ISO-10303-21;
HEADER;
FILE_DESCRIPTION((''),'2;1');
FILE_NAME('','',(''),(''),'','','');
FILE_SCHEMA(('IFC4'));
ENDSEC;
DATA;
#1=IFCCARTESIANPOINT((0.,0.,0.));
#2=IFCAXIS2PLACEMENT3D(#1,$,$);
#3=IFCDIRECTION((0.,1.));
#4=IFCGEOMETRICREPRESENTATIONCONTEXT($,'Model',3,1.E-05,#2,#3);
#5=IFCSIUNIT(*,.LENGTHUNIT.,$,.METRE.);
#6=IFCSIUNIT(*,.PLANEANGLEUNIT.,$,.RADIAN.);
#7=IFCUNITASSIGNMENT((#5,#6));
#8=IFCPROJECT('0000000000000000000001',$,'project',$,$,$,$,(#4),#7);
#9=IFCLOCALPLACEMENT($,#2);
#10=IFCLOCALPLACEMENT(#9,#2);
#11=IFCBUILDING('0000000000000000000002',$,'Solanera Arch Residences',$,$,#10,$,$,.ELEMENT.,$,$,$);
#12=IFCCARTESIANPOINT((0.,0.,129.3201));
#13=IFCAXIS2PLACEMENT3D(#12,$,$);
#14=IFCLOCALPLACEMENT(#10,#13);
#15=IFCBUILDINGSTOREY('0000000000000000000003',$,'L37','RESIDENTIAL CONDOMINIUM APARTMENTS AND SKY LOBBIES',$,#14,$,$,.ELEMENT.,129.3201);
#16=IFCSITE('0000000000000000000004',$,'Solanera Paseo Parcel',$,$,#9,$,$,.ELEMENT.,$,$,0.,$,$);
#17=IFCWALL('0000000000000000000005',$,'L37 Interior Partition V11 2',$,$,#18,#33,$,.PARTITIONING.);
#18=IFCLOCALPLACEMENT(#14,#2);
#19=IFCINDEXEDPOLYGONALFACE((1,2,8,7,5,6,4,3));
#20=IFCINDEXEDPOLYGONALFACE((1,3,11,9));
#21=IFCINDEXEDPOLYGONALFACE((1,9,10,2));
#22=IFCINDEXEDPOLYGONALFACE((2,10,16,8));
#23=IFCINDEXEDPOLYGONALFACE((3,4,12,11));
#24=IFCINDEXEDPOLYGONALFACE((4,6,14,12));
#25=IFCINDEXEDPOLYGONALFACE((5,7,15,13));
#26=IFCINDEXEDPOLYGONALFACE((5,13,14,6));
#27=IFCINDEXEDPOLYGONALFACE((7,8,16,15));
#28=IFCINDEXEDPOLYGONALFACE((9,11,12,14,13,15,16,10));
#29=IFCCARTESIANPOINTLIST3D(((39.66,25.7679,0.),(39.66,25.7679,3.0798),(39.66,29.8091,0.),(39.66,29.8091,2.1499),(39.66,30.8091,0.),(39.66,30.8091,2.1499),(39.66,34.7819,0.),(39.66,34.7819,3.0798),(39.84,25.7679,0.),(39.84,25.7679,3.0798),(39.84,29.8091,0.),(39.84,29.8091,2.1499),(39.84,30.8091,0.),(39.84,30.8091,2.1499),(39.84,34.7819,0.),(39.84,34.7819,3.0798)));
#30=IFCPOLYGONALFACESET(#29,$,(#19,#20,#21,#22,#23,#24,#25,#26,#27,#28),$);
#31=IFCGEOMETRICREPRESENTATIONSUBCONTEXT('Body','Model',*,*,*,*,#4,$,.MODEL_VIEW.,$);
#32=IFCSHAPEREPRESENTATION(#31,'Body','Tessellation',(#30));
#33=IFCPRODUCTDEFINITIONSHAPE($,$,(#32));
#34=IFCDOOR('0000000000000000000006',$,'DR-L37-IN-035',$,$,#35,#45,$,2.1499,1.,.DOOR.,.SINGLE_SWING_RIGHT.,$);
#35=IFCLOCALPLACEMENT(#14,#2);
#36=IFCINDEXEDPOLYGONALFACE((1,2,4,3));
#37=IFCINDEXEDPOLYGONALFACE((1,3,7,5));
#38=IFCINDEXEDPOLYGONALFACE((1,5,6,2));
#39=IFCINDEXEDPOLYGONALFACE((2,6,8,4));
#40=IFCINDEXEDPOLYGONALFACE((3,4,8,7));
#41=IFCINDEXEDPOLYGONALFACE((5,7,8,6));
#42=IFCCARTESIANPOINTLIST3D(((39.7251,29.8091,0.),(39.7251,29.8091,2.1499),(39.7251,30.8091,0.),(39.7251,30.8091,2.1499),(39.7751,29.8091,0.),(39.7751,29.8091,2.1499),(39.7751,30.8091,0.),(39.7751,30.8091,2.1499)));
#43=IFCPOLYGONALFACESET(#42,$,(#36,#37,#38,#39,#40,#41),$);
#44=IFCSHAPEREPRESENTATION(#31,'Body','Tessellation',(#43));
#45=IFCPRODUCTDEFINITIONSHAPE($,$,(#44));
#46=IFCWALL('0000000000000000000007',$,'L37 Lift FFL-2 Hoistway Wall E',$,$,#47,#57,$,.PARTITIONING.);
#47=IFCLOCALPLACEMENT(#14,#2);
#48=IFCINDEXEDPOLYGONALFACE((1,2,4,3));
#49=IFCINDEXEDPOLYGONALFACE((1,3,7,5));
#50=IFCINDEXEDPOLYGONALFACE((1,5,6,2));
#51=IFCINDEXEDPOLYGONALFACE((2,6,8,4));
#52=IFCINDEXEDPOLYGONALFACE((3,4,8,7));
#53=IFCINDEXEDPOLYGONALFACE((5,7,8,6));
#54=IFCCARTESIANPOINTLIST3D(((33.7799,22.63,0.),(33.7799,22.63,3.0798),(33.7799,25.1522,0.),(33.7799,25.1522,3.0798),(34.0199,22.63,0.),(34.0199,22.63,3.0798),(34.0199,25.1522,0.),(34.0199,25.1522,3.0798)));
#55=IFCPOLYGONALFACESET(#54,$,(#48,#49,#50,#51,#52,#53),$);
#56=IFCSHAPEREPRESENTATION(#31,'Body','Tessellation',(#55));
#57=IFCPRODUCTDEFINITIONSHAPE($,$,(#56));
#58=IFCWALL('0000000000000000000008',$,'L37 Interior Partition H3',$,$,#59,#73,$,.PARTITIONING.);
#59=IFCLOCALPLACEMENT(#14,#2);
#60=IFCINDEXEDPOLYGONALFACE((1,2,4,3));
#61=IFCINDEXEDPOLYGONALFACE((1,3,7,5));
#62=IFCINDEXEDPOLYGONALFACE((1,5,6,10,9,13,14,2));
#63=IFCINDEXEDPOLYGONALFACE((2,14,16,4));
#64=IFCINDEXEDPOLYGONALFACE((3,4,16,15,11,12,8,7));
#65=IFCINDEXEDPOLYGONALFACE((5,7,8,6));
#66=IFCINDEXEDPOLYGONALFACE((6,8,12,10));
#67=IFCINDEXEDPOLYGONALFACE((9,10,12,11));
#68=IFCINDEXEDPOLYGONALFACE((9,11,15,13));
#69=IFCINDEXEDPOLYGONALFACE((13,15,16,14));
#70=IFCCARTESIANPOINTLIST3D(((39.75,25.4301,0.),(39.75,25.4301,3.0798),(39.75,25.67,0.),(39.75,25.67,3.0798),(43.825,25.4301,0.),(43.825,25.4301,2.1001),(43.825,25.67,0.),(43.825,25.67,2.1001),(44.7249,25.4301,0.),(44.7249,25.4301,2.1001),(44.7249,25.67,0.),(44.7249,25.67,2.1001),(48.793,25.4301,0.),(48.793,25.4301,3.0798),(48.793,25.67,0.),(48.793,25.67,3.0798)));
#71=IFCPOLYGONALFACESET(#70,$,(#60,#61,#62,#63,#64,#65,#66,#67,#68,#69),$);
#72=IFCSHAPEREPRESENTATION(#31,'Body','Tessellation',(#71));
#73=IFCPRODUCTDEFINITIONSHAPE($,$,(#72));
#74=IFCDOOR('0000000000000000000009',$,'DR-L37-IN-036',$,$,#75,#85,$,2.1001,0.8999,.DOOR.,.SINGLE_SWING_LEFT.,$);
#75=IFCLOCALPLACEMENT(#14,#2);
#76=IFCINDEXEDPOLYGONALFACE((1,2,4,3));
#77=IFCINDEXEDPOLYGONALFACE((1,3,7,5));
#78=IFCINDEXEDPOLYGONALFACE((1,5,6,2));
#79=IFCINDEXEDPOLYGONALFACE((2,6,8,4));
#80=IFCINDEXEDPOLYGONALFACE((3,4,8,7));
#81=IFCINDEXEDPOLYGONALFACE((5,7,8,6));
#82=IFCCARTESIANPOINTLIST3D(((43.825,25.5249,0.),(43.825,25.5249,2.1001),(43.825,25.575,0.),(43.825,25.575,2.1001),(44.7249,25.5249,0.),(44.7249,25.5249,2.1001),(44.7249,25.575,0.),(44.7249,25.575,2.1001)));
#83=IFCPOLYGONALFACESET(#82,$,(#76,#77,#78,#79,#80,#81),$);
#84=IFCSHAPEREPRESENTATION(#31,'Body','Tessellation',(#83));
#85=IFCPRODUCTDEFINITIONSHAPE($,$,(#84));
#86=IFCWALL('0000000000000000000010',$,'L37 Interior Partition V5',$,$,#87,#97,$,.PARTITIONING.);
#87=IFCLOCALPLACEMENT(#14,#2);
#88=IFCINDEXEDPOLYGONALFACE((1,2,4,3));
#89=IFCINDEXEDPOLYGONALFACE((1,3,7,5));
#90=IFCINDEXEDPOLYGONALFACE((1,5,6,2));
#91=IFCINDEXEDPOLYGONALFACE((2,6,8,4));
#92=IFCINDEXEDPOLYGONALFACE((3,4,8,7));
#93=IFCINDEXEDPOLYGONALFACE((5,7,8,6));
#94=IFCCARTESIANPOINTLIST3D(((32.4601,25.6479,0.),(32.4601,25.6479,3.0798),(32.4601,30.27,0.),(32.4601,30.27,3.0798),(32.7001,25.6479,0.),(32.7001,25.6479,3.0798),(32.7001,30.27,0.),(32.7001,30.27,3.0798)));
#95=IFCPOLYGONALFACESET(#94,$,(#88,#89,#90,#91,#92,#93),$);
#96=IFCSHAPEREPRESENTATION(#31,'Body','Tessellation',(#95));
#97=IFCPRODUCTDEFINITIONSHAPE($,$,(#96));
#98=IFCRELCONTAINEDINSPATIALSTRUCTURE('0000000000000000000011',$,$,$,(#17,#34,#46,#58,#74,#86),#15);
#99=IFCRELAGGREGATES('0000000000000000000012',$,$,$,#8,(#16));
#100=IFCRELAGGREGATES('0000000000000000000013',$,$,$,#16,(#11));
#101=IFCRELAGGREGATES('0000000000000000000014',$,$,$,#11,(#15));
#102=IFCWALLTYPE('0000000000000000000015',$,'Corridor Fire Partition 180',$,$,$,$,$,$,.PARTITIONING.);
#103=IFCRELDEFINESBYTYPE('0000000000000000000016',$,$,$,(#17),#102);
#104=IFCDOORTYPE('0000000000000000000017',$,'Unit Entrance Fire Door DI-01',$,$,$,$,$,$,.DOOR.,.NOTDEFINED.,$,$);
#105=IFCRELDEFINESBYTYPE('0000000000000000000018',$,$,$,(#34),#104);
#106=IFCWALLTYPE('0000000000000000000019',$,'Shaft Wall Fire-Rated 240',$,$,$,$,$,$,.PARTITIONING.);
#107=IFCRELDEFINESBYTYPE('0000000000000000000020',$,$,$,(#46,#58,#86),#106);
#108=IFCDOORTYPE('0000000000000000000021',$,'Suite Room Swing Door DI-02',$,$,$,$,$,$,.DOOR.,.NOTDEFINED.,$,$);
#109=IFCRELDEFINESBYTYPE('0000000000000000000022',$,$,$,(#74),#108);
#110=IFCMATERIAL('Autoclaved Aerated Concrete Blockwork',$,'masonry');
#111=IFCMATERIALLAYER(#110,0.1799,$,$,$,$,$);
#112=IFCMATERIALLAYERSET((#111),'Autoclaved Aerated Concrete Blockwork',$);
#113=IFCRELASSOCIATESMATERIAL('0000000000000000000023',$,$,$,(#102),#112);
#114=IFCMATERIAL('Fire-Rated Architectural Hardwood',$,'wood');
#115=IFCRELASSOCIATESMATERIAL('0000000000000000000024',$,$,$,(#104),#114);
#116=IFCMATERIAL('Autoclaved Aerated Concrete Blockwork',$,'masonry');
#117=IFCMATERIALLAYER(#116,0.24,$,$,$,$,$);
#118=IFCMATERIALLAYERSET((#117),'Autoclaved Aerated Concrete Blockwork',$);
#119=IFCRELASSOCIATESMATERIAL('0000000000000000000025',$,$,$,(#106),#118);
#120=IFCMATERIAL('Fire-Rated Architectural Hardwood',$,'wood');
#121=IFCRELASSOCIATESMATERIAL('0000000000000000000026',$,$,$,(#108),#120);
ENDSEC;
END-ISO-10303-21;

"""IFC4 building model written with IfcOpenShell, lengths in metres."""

from ifc_helpers import new_model, si_unit, direction, frame, frame_2d, origin, place, context, subcontext, project, spatial, rectangle, extrude, material, layer, layer_set, type_object, element, fill, save


model = new_model("IFC4")

# Units and contexts
model_context = context("Model", 3, precision=1e-05, world=origin(), true_north=direction((0.0, 1.0)))
body_context = subcontext(model_context, "Body", "Model", "MODEL_VIEW")
ifc_project = project(units=[si_unit("LENGTHUNIT", "METRE"), si_unit("PLANEANGLEUNIT", "RADIAN")], contexts=[model_context])

# Site, building, storey
site_placement = place(None, origin())
site = spatial("IfcSite", under=ifc_project, at=site_placement, Name="Solanera Paseo Parcel", CompositionType="ELEMENT", RefElevation=0.0)
building_placement = place(site_placement, origin())
building = spatial("IfcBuilding", under=site, at=building_placement, Name="Solanera Arch Residences", CompositionType="ELEMENT")
storey_placement = place(building_placement, frame((0.0, 0.0, 129.3201)))
storey = spatial("IfcBuildingStorey", under=building, at=storey_placement, Name="L37", Description="RESIDENTIAL CONDOMINIUM APARTMENTS AND SKY LOBBIES", CompositionType="ELEMENT", Elevation=129.3201)

# Shared definitions
ifc_material_1 = material(Name="Autoclaved Aerated Concrete Blockwork", Category="masonry")
ifc_layer_1 = layer(ifc_material_1, 0.1799)
ifc_layer_set_1 = layer_set([ifc_layer_1], Name="Autoclaved Aerated Concrete Blockwork")
wall_type_1 = type_object("IfcWallType", Name="Corridor Fire Partition 180", PredefinedType="PARTITIONING", material=ifc_layer_set_1)

# Wall, opening, door
wall_1_placement = place(storey_placement, frame((39.75, 25.7681, 0.0), z_axis=(0.0, 0.0, 1.0), x_axis=(0.0, 1.0, 0.0)))
wall_1 = element("IfcWall", 1, at=wall_1_placement, inside=storey, type_object=wall_type_1, Name="L37 Interior Partition V11 2", PredefinedType="PARTITIONING", context=body_context, shape_type="SweptSolid", body=[
    extrude(rectangle(XDim=9.0139, YDim=0.1799, at=frame_2d((4.5068, 0.0))), origin(), (0.0, 0.0, 1.0), 3.0798),
])
opening_1_placement = place(wall_1_placement, frame((4.041, 0.0, 0.0)))
opening_1 = element("IfcOpeningElement", 2, at=opening_1_placement, cuts=wall_1, PredefinedType="OPENING", context=body_context, shape_type="SweptSolid", body=[
    extrude(rectangle(XDim=1.0, YDim=2.1499, at=frame_2d((0.5, 1.075))), frame((0.0, 0.1001, 0.0), z_axis=(0.0, -1.0, 0.0), x_axis=(1.0, 0.0, 0.0)), (0.0, 0.0, 1.0), 0.1999),
])
ifc_material_2 = material(Name="Fire-Rated Architectural Hardwood", Category="wood")
door_type_1 = type_object("IfcDoorType", Name="Unit Entrance Fire Door DI-01", OperationType="NOTDEFINED", PredefinedType="DOOR", material=ifc_material_2)
door_1_placement = place(opening_1_placement, origin())
door_1 = element("IfcDoor", 3, at=door_1_placement, inside=storey, type_object=door_type_1, Name="DR-L37-IN-035", OperationType="SINGLE_SWING_RIGHT", OverallHeight=2.1499, OverallWidth=1.0, PredefinedType="DOOR", context=body_context, shape_type="SweptSolid", body=[
    extrude(rectangle(XDim=1.0, YDim=2.1499, at=frame_2d((0.5, 1.075))), frame((0.0, 0.0249, 0.0), z_axis=(0.0, -1.0, 0.0), x_axis=(1.0, 0.0, 0.0)), (0.0, 0.0, 1.0), 0.05),
])
fill(opening_1, door_1)

# Wall
ifc_material_3 = material(Name="Autoclaved Aerated Concrete Blockwork", Category="masonry")
ifc_layer_2 = layer(ifc_material_3, 0.24)
ifc_layer_set_2 = layer_set([ifc_layer_2], Name="Autoclaved Aerated Concrete Blockwork")
wall_type_2 = type_object("IfcWallType", Name="Shaft Wall Fire-Rated 240", PredefinedType="PARTITIONING", material=ifc_layer_set_2)
wall_2_placement = place(storey_placement, frame((33.8999, 22.6299, 0.0), z_axis=(0.0, 0.0, 1.0), x_axis=(0.0, 1.0, 0.0)))
element("IfcWall", 4, at=wall_2_placement, inside=storey, type_object=wall_type_2, Name="L37 Lift FFL-2 Hoistway Wall E", PredefinedType="PARTITIONING", context=body_context, shape_type="SweptSolid", body=[
    extrude(rectangle(XDim=2.5222, YDim=0.24, at=frame_2d((1.2612, 0.0))), origin(), (0.0, 0.0, 1.0), 3.0798),
])

# Wall, opening, door
wall_3_placement = place(storey_placement, frame((39.75, 25.55, 0.0), z_axis=(0.0, 0.0, 1.0), x_axis=(1.0, 0.0, 0.0)))
wall_3 = element("IfcWall", 5, at=wall_3_placement, inside=storey, type_object=wall_type_2, Name="L37 Interior Partition H3", PredefinedType="PARTITIONING", context=body_context, shape_type="SweptSolid", body=[
    extrude(rectangle(XDim=9.043, YDim=0.24, at=frame_2d((4.5215, 0.0))), origin(), (0.0, 0.0, 1.0), 3.0798),
])
opening_2_placement = place(wall_3_placement, frame((4.075, 0.0, 0.0)))
opening_2 = element("IfcOpeningElement", 6, at=opening_2_placement, cuts=wall_3, PredefinedType="OPENING", context=body_context, shape_type="SweptSolid", body=[
    extrude(rectangle(XDim=0.8999, YDim=2.1001, at=frame_2d((0.45, 1.05))), frame((0.0, 0.1299, 0.0), z_axis=(0.0, -1.0, 0.0), x_axis=(1.0, 0.0, 0.0)), (0.0, 0.0, 1.0), 0.26),
])
ifc_material_4 = material(Name="Fire-Rated Architectural Hardwood", Category="wood")
door_type_2 = type_object("IfcDoorType", Name="Suite Room Swing Door DI-02", OperationType="NOTDEFINED", PredefinedType="DOOR", material=ifc_material_4)
door_2_placement = place(opening_2_placement, origin())
door_2 = element("IfcDoor", 7, at=door_2_placement, inside=storey, type_object=door_type_2, Name="DR-L37-IN-036", OperationType="SINGLE_SWING_LEFT", OverallHeight=2.1001, OverallWidth=0.8999, PredefinedType="DOOR", context=body_context, shape_type="SweptSolid", body=[
    extrude(rectangle(XDim=0.8999, YDim=2.1001, at=frame_2d((0.45, 1.05))), frame((0.0, 0.0249, 0.0), z_axis=(0.0, -1.0, 0.0), x_axis=(1.0, 0.0, 0.0)), (0.0, 0.0, 1.0), 0.05),
])
fill(opening_2, door_2)

# Wall
wall_4_placement = place(storey_placement, frame((32.5801, 25.6479, 0.0), z_axis=(0.0, 0.0, 1.0), x_axis=(0.0, 1.0, 0.0)))
element("IfcWall", 8, at=wall_4_placement, inside=storey, type_object=wall_type_2, Name="L37 Interior Partition V5", PredefinedType="PARTITIONING", context=body_context, shape_type="SweptSolid", body=[
    extrude(rectangle(XDim=4.6221, YDim=0.24, at=frame_2d((2.311, 0.0))), origin(), (0.0, 0.0, 1.0), 3.0798),
])

save(model, "model.ifc")
